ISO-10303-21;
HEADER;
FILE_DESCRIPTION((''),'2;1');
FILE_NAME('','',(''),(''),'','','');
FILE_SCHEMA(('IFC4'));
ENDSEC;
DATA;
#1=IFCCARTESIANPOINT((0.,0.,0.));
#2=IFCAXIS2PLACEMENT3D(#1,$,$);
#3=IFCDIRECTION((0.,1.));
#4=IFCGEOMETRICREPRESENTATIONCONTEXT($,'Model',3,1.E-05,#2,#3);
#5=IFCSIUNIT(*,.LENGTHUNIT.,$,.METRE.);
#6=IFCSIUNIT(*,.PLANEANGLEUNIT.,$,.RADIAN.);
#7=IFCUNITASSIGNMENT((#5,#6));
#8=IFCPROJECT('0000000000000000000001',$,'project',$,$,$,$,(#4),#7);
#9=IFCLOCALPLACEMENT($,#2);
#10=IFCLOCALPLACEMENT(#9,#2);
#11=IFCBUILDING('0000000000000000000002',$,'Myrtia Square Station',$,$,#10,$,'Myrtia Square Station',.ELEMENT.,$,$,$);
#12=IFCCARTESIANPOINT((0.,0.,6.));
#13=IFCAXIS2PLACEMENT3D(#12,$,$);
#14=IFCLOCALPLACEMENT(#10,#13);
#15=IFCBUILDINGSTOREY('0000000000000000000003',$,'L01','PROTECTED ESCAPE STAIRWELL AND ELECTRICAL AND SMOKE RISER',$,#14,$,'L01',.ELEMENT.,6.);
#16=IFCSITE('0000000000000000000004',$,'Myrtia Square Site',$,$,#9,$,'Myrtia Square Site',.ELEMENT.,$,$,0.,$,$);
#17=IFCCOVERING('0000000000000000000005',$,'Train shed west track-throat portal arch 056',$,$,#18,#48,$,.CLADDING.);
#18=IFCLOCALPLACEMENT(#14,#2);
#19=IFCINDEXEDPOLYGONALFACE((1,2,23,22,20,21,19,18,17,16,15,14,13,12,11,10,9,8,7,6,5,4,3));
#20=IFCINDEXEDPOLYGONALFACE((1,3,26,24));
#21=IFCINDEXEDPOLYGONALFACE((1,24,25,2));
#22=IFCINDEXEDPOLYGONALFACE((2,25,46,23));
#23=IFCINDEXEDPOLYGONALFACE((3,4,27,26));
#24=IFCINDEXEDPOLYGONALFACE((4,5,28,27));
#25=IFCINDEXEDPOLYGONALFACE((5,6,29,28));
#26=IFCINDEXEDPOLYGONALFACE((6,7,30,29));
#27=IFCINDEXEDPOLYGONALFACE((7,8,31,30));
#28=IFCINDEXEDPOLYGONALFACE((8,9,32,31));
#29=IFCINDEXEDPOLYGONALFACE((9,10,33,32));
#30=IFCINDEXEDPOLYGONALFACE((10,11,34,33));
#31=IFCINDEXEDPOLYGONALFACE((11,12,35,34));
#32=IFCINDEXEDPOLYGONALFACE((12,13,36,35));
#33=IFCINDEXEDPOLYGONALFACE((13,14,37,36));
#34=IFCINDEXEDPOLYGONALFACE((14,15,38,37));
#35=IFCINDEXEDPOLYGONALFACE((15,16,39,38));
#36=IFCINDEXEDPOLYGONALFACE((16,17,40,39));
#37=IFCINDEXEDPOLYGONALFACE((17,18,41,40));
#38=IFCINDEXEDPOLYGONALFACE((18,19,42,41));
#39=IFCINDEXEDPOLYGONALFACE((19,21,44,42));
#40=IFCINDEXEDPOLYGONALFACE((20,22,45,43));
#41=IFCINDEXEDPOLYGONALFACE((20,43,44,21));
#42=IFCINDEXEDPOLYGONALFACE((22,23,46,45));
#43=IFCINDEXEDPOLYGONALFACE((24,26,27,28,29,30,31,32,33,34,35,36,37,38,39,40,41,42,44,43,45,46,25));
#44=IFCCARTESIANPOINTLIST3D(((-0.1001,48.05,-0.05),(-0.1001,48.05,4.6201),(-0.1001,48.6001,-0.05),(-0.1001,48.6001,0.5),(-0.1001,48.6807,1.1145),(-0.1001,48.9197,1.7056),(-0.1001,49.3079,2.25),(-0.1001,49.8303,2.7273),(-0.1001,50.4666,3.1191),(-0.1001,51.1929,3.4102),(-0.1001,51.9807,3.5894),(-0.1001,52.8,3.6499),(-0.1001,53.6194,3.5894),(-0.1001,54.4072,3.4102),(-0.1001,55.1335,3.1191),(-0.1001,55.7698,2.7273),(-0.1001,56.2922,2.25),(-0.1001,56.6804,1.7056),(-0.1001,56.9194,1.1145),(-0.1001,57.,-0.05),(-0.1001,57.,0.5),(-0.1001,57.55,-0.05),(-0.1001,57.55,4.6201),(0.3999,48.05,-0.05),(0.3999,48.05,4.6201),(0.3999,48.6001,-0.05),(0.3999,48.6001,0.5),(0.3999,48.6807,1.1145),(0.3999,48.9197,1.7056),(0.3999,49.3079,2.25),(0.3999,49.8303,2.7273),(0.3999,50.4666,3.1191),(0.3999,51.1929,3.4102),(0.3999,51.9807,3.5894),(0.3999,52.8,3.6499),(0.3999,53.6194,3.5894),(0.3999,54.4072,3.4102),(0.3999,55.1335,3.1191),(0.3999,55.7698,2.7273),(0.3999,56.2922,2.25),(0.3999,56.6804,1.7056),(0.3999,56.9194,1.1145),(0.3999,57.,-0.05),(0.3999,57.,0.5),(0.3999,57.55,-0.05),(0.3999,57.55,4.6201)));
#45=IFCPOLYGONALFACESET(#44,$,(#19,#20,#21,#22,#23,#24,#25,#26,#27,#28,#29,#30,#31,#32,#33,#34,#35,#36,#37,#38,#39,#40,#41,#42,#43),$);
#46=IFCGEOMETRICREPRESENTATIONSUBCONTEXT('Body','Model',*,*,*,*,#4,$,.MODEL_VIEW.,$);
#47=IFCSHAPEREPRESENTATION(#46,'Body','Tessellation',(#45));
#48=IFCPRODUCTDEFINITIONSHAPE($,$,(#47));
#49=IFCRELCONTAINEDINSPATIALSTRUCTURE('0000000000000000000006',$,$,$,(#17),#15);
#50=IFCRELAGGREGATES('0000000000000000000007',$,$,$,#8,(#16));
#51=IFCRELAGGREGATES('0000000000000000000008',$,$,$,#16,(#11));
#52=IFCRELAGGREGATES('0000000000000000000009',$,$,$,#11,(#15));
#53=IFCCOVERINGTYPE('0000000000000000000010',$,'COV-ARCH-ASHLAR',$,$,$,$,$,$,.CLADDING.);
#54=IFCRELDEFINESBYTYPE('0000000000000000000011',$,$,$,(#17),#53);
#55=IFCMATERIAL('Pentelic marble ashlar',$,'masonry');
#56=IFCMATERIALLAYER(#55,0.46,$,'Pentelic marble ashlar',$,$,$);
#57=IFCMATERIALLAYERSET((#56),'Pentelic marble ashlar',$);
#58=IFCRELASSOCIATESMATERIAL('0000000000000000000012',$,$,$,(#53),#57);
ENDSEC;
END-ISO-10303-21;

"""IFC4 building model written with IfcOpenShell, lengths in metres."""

from ifc_helpers import new_model, si_unit, direction, frame, origin, place, context, subcontext, project, spatial, polyline, outline, extrude, material, layer, layer_set, type_object, element, save


model = new_model("IFC4")

# Units and contexts
model_context = context("Model", 3, precision=1e-05, world=origin(), true_north=direction((0.0, 1.0)))
body_context = subcontext(model_context, "Body", "Model", "MODEL_VIEW")
ifc_project = project(units=[si_unit("LENGTHUNIT", "METRE"), si_unit("PLANEANGLEUNIT", "RADIAN")], contexts=[model_context])

# Site, building, storey
site_placement = place(None, origin())
site = spatial("IfcSite", under=ifc_project, at=site_placement, Name="Myrtia Square Site", LongName="Myrtia Square Site", CompositionType="ELEMENT", RefElevation=0.0)
building_placement = place(site_placement, origin())
building = spatial("IfcBuilding", under=site, at=building_placement, Name="Myrtia Square Station", LongName="Myrtia Square Station", CompositionType="ELEMENT")
storey_placement = place(building_placement, frame((0.0, 0.0, 6.0)))
storey = spatial("IfcBuildingStorey", under=building, at=storey_placement, Name="L01", Description="PROTECTED ESCAPE STAIRWELL AND ELECTRICAL AND SMOKE RISER", LongName="L01", CompositionType="ELEMENT", Elevation=6.0)

# Covering
ifc_material_1 = material(Name="Pentelic marble ashlar", Category="masonry")
ifc_layer_1 = layer(ifc_material_1, 0.46, Name="Pentelic marble ashlar")
ifc_layer_set_1 = layer_set([ifc_layer_1], Name="Pentelic marble ashlar")
covering_type = type_object("IfcCoveringType", Name="COV-ARCH-ASHLAR", PredefinedType="CLADDING", material=ifc_layer_set_1)
covering_placement = place(storey_placement, frame((0.1499, 48.05, -0.05), z_axis=(0.0, 0.0, 1.0), x_axis=(0.0, 1.0, 0.0)))
element("IfcCovering", 1, at=covering_placement, inside=storey, type_object=covering_type, Name="Train shed west track-throat portal arch 056", PredefinedType="CLADDING", context=body_context, shape_type="SweptSolid", body=[
    extrude(outline(polyline([(0.0, 0.0), (0.55, 0.0), (0.55, 0.55), (0.6306, 1.1646), (0.8696, 1.7556), (1.2578, 2.3), (1.7803, 2.7773), (2.4165, 3.1692), (3.1428, 3.4602), (3.9307, 3.6394), (4.75, 3.7), (5.5693, 3.6394), (6.3572, 3.4602), (7.0835, 3.1692), (7.7197, 2.7773), (8.2422, 2.3), (8.6304, 1.7556), (8.8694, 1.1646), (8.95, 0.55), (8.95, 0.0), (9.5, 0.0), (9.5, 4.6702), (0.0, 4.6702), (0.0, 0.0)])), frame((0.0, 0.25, 0.0), z_axis=(0.0, -1.0, 0.0), x_axis=(1.0, 0.0, 0.0)), (0.0, 0.0, 1.0), 0.5),
])

save(model, "model.ifc")
